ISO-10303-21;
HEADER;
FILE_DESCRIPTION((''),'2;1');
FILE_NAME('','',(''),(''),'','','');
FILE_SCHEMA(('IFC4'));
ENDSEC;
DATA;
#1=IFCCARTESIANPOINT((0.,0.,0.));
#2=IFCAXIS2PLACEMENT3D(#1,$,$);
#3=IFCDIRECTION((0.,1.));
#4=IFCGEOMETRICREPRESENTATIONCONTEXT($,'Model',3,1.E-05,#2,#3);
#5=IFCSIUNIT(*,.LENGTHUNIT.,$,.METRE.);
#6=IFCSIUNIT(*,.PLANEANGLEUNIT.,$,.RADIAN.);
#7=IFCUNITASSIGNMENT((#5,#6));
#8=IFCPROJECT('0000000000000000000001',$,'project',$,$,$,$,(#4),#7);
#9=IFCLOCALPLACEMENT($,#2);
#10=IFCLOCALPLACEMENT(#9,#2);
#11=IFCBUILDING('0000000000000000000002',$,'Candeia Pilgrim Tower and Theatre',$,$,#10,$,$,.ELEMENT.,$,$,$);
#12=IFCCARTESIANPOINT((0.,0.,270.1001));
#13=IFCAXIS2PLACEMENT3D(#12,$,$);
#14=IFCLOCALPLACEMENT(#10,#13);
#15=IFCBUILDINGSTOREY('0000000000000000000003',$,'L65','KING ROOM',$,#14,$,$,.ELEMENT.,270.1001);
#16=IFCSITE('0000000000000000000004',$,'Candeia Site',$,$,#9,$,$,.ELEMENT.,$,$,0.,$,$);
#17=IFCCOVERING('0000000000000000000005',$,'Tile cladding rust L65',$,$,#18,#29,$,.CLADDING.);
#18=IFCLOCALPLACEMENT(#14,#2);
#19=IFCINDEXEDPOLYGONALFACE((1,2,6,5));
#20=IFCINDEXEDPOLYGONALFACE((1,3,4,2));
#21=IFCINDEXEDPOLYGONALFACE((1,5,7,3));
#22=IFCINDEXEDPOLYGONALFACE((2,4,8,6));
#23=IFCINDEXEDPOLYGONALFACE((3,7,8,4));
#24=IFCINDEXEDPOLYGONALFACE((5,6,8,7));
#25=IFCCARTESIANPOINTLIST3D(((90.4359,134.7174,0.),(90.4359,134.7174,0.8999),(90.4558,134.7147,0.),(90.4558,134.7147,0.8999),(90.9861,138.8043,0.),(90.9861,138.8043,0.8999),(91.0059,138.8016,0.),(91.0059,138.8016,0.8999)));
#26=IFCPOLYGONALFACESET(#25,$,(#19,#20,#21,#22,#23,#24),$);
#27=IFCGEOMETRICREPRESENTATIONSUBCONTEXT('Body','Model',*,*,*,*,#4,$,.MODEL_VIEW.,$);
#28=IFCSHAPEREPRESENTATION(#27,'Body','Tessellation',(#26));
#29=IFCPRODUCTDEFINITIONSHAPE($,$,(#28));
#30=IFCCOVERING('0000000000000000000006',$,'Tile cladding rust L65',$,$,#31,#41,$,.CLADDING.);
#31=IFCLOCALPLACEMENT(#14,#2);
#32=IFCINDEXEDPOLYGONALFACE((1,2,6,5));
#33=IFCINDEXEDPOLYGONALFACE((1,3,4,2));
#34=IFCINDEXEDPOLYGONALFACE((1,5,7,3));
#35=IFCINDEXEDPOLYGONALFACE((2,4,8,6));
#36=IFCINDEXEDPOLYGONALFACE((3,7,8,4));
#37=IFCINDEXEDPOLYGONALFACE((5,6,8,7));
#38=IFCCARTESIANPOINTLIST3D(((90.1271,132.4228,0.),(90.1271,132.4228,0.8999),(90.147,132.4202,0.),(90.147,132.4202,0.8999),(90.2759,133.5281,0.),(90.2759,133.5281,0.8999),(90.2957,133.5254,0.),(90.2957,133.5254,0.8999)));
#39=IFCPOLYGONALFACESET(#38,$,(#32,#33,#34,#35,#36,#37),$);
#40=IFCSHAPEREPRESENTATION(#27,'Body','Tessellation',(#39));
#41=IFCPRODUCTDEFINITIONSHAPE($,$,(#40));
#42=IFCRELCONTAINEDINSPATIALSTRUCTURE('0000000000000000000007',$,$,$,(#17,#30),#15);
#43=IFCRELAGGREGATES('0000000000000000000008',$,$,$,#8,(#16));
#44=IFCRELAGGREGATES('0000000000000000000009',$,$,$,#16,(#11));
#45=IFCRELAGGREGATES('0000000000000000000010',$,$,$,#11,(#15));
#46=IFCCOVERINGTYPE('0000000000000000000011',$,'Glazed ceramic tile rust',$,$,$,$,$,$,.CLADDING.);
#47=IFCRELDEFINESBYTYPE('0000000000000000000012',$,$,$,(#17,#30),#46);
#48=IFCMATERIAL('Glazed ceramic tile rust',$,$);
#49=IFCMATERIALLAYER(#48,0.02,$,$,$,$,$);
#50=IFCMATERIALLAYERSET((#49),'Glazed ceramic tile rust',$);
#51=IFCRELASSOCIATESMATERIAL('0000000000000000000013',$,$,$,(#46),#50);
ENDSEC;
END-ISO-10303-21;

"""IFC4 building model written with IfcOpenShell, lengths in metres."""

from ifc_helpers import new_model, si_unit, direction, frame, origin, origin_2d, place, context, subcontext, project, spatial, rectangle, extrude, material, layer, layer_set, type_object, element, save


model = new_model("IFC4")

# Units and contexts
model_context = context("Model", 3, precision=1e-05, world=origin(), true_north=direction((0.0, 1.0)))
body_context = subcontext(model_context, "Body", "Model", "MODEL_VIEW")
ifc_project = project(units=[si_unit("LENGTHUNIT", "METRE"), si_unit("PLANEANGLEUNIT", "RADIAN")], contexts=[model_context])

# Site, building, storey
site_placement = place(None, origin())
site = spatial("IfcSite", under=ifc_project, at=site_placement, Name="Candeia Site", CompositionType="ELEMENT", RefElevation=0.0)
building_placement = place(site_placement, origin())
building = spatial("IfcBuilding", under=site, at=building_placement, Name="Candeia Pilgrim Tower and Theatre", CompositionType="ELEMENT")
storey_placement = place(building_placement, frame((0.0, 0.0, 270.1001)))
storey = spatial("IfcBuildingStorey", under=building, at=storey_placement, Name="L65", Description="KING ROOM", CompositionType="ELEMENT", Elevation=270.1001)

# Coverings
ifc_material_1 = material(Name="Glazed ceramic tile rust")
ifc_layer_1 = layer(ifc_material_1, 0.02)
ifc_layer_set_1 = layer_set([ifc_layer_1], Name="Glazed ceramic tile rust")
covering_type_1 = type_object("IfcCoveringType", Name="Glazed ceramic tile rust", PredefinedType="CLADDING", material=ifc_layer_set_1)
covering_1_placement = place(storey_placement, frame((90.7209, 136.7595, 0.0), z_axis=(0.0, 0.0, 1.0), x_axis=(-0.133412, -0.991061, 0.0)))
element("IfcCovering", 1, at=covering_1_placement, inside=storey, type_object=covering_type_1, Name="Tile cladding rust L65", PredefinedType="CLADDING", context=body_context, shape_type="SweptSolid", body=[
    extrude(rectangle(XDim=4.1238, YDim=0.02, at=origin_2d()), origin(), (0.0, 0.0, 1.0), 0.8999),
])
covering_2_placement = place(storey_placement, frame((90.2114, 132.9741, 0.0), z_axis=(0.0, 0.0, 1.0), x_axis=(-0.133412, -0.991061, 0.0)))
element("IfcCovering", 2, at=covering_2_placement, inside=storey, type_object=covering_type_1, Name="Tile cladding rust L65", PredefinedType="CLADDING", context=body_context, shape_type="SweptSolid", body=[
    extrude(rectangle(XDim=1.1152, YDim=0.02, at=origin_2d()), origin(), (0.0, 0.0, 1.0), 0.8999),
])

save(model, "model.ifc")
